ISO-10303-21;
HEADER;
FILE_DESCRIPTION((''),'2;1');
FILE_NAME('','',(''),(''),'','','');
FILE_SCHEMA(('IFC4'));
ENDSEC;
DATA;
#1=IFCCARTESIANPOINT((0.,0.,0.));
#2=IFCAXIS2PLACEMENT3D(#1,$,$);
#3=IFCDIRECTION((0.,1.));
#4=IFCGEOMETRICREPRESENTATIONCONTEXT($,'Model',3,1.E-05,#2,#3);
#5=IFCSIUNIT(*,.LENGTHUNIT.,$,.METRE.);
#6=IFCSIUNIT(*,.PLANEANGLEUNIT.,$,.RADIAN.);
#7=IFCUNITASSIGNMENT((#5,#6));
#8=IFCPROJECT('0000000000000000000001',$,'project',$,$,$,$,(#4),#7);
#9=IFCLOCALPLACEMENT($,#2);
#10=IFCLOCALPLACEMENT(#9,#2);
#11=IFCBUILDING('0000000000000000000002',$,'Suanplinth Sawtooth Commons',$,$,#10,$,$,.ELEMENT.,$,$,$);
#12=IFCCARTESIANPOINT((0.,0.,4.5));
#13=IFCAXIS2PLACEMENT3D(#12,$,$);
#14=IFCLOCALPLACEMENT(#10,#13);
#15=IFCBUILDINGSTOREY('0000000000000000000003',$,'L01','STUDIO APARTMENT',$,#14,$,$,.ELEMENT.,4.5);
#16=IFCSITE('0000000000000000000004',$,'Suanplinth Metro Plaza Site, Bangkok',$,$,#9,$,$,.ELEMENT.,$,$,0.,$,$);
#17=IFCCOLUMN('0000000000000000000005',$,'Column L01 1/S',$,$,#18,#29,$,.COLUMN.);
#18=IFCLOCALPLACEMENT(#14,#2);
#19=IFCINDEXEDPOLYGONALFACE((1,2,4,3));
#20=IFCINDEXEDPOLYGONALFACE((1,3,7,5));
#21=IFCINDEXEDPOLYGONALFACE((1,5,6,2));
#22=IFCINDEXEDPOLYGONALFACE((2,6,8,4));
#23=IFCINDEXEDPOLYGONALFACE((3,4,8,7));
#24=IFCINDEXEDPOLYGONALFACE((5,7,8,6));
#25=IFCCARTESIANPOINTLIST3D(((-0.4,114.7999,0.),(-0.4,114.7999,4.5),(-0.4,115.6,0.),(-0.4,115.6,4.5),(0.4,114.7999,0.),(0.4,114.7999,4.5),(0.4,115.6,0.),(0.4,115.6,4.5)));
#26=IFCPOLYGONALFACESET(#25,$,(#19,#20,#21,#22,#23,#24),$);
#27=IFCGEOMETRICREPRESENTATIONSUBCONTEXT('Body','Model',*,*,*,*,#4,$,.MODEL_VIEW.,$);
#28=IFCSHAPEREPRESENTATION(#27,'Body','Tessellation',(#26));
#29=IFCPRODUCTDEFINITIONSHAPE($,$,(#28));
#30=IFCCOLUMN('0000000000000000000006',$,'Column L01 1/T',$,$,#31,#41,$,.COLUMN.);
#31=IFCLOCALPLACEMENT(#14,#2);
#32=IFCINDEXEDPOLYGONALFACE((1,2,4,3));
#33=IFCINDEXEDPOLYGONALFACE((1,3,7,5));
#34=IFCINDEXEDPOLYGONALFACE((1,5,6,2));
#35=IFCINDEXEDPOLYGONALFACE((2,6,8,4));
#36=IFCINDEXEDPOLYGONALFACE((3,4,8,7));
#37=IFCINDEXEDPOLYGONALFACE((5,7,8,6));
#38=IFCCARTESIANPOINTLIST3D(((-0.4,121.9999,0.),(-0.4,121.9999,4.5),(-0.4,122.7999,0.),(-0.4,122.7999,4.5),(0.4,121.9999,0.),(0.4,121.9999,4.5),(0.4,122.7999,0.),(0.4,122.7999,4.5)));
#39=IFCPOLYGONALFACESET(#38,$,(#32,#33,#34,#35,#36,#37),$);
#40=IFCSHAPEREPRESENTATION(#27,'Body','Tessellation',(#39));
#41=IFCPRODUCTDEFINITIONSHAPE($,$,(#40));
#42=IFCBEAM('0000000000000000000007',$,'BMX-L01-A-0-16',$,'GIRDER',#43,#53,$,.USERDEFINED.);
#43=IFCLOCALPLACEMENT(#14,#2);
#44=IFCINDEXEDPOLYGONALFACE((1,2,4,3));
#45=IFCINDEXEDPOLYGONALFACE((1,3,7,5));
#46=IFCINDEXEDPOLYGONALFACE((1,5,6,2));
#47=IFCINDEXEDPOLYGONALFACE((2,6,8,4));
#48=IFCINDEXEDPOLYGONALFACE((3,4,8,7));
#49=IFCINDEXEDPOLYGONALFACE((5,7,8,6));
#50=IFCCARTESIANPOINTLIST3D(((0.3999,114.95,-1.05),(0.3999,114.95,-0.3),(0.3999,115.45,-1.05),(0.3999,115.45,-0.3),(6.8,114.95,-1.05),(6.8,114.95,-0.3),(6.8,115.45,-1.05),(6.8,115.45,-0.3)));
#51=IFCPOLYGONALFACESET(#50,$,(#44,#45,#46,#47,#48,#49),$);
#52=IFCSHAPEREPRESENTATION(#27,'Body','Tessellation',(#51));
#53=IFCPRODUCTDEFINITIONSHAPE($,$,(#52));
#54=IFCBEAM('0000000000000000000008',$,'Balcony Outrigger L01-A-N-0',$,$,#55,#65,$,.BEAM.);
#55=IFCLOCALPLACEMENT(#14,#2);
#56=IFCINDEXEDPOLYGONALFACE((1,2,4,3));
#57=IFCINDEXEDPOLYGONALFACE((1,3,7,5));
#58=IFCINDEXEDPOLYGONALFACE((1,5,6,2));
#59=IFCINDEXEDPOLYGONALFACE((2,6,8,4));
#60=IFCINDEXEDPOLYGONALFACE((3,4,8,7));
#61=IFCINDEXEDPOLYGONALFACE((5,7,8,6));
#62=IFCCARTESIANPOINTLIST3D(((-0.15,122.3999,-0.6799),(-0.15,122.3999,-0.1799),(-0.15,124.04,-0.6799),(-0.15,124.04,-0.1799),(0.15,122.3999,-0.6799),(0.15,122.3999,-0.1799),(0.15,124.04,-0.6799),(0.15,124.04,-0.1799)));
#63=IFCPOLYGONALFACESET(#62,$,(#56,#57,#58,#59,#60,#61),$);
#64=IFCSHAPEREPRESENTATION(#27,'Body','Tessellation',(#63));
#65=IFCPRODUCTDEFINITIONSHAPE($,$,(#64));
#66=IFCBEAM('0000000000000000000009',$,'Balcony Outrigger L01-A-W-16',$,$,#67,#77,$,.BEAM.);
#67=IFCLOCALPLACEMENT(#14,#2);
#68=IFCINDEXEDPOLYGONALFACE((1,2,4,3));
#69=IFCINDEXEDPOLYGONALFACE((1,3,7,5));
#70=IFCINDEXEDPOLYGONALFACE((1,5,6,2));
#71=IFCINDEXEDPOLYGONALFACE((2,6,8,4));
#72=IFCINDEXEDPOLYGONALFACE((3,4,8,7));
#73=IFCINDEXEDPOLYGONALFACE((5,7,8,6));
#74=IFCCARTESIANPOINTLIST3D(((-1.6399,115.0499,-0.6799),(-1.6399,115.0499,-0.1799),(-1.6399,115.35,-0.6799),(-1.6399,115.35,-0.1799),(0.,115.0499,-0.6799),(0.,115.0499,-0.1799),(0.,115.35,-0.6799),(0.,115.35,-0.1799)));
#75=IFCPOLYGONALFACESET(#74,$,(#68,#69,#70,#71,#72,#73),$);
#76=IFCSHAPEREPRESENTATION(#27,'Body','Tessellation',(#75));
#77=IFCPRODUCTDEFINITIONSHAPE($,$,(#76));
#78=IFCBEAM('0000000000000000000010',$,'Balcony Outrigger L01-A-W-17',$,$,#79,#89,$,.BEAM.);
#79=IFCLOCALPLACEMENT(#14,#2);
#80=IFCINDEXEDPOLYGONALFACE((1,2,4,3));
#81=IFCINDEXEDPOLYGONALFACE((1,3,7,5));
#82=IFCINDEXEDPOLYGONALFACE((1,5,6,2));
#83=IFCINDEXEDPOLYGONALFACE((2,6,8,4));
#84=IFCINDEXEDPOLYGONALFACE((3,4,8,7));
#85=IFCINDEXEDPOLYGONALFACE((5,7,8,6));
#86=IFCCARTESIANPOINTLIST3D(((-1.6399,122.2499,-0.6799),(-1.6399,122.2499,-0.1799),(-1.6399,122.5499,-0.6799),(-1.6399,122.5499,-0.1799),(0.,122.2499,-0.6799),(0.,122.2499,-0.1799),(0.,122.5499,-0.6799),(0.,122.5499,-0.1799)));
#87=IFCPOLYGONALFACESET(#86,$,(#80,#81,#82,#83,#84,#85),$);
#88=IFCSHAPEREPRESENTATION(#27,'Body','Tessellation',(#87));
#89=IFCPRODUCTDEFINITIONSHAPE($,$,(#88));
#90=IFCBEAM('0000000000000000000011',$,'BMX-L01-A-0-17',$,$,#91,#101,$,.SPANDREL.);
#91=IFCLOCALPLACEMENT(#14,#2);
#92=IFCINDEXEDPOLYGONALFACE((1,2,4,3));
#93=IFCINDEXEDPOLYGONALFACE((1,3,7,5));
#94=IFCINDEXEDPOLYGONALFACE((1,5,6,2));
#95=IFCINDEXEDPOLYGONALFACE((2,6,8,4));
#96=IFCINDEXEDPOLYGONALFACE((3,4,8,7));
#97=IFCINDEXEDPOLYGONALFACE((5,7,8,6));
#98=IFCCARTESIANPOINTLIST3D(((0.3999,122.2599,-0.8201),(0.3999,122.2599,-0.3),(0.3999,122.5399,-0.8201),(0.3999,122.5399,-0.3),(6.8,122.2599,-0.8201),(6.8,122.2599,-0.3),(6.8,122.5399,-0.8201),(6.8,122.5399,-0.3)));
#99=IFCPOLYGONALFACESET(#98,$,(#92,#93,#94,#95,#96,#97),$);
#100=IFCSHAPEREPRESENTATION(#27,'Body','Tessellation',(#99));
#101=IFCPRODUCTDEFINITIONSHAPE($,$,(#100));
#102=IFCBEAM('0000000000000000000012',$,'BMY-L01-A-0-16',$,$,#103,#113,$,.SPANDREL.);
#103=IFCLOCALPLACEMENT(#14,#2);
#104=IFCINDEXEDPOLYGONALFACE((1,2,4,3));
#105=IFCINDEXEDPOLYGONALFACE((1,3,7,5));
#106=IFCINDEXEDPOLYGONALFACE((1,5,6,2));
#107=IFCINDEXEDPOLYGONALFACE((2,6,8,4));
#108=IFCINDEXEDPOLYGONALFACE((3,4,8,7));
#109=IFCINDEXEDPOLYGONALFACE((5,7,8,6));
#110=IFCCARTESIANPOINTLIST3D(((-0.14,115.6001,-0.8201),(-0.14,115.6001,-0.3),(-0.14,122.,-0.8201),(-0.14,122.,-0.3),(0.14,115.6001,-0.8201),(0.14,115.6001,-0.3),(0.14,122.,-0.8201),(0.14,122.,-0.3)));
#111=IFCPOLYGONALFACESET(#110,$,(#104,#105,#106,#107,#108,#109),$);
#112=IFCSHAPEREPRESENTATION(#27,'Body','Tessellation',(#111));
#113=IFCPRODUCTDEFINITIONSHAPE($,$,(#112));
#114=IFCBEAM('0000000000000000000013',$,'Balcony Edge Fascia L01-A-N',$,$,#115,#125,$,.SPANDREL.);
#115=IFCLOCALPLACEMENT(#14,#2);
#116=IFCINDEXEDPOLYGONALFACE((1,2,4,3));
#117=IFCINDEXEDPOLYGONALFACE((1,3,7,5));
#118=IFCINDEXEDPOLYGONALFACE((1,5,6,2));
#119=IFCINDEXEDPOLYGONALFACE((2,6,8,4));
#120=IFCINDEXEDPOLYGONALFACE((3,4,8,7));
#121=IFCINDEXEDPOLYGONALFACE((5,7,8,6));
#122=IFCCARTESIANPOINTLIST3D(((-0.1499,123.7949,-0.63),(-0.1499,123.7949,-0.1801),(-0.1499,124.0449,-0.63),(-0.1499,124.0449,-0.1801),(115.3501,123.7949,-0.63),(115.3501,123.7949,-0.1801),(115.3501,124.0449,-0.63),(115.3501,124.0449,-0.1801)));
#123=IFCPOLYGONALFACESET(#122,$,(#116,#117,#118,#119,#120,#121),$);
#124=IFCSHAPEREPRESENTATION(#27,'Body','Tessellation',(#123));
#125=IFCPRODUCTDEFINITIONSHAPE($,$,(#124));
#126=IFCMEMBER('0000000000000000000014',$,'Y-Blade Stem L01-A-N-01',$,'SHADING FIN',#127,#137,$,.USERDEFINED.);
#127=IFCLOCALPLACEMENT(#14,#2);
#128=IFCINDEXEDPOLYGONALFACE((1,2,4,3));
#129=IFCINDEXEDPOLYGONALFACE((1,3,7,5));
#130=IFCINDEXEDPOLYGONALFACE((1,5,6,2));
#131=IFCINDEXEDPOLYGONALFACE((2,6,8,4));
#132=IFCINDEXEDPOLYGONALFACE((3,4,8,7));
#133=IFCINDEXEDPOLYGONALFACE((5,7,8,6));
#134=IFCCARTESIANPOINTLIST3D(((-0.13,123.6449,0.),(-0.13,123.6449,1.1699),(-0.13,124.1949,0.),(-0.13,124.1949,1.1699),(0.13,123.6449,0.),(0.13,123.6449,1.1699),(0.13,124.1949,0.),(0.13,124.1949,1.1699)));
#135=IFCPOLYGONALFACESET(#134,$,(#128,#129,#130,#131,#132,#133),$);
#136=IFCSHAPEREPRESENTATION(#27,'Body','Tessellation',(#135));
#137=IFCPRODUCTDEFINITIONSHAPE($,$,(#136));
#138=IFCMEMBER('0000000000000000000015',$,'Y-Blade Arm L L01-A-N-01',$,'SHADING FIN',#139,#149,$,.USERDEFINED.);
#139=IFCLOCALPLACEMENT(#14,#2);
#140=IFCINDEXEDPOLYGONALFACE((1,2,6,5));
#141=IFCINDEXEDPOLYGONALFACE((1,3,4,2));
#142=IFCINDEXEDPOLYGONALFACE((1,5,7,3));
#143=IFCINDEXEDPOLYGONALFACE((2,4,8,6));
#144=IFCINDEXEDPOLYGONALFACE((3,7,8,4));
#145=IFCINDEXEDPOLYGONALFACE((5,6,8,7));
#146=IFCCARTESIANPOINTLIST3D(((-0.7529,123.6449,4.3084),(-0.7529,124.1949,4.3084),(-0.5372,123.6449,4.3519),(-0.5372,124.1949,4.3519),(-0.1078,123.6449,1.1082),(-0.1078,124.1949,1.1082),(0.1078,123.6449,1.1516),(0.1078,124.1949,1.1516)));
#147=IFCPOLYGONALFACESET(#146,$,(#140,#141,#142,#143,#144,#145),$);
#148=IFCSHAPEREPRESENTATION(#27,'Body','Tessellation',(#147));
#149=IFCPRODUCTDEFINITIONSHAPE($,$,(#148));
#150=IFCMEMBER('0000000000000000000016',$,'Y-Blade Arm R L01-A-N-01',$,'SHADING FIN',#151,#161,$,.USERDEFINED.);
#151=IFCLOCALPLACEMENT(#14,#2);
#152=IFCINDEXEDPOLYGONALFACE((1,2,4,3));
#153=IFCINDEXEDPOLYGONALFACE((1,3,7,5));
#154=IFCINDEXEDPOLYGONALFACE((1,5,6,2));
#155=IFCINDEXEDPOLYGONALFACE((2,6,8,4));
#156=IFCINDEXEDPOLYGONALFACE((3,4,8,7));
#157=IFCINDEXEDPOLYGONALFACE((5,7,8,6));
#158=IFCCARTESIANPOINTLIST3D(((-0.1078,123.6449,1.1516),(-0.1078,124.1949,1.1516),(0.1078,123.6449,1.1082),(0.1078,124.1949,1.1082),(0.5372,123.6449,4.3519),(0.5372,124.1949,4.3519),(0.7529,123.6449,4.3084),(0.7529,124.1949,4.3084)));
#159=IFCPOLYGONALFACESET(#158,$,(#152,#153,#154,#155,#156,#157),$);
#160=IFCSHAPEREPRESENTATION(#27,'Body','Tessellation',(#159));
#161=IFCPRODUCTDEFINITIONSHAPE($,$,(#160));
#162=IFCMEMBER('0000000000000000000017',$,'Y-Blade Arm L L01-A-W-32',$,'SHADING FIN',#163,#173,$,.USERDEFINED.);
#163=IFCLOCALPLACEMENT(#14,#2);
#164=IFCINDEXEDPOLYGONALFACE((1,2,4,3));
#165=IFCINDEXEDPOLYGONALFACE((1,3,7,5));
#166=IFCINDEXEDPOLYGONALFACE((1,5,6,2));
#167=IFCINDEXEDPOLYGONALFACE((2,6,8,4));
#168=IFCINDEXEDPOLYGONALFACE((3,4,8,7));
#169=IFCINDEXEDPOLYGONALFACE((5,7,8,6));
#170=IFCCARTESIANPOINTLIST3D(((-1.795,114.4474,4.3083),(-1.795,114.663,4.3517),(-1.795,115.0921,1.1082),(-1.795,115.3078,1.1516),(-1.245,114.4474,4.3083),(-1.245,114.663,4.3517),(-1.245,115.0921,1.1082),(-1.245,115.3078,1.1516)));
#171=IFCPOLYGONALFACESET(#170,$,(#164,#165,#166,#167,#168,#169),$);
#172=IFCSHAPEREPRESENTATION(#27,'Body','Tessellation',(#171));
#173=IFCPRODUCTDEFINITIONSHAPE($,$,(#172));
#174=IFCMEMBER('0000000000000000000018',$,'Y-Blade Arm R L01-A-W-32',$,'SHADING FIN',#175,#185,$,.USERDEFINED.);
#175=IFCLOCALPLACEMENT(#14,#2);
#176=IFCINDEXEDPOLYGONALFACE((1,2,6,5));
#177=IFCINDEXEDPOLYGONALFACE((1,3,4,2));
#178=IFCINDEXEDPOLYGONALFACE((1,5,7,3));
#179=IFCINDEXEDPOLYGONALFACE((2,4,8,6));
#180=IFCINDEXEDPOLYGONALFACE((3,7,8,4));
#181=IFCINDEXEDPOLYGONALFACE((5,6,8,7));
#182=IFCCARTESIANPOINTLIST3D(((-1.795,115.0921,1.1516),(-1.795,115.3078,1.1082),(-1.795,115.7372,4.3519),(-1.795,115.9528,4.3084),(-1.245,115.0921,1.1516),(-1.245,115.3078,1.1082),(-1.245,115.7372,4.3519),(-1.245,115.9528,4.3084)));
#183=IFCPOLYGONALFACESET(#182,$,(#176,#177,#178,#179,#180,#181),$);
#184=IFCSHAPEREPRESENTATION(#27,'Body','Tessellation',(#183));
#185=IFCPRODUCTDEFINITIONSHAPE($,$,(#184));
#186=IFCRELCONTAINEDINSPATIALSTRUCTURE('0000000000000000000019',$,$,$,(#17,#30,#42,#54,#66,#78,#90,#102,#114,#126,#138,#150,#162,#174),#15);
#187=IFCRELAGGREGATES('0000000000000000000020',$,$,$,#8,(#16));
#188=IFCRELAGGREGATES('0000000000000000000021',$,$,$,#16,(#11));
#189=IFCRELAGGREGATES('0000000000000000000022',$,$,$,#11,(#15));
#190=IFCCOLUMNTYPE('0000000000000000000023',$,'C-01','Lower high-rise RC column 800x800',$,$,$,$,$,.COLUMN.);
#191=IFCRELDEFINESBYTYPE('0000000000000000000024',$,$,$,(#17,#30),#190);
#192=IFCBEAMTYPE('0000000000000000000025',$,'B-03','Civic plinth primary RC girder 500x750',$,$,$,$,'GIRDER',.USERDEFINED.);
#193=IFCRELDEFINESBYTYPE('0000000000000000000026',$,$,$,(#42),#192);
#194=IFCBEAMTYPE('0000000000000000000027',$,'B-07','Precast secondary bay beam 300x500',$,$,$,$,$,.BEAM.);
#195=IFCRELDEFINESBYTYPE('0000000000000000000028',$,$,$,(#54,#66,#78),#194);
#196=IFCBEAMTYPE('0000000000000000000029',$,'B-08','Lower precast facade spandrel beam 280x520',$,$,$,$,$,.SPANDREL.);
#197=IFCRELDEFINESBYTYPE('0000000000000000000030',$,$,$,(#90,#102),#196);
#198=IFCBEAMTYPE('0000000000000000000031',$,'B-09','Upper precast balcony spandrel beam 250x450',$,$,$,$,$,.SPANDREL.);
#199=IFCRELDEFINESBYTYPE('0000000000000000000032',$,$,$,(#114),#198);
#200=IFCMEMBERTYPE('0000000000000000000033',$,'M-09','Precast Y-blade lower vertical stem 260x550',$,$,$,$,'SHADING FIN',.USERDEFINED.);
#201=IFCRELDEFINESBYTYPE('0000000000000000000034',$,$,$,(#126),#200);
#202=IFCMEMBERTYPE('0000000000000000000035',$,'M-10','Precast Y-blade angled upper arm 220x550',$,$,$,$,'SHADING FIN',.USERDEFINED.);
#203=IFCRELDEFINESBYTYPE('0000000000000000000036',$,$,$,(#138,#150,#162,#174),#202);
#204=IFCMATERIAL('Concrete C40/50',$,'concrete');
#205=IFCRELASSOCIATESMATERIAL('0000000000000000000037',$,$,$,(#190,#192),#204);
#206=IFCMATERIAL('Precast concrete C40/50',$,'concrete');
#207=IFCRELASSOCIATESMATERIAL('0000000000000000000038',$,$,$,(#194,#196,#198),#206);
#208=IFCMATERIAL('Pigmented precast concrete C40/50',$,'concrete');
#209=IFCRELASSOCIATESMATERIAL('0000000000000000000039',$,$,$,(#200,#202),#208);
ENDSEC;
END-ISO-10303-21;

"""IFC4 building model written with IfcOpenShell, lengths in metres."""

from ifc_helpers import new_model, si_unit, direction, frame, origin, origin_2d, place, context, subcontext, project, spatial, rectangle, extrude, material, material_profile, profile_set, type_object, element, save


model = new_model("IFC4")

# Units and contexts
model_context = context("Model", 3, precision=1e-05, world=origin(), true_north=direction((0.0, 1.0)))
body_context = subcontext(model_context, "Body", "Model", "MODEL_VIEW")
ifc_project = project(units=[si_unit("LENGTHUNIT", "METRE"), si_unit("PLANEANGLEUNIT", "RADIAN")], contexts=[model_context])

# Site, building, storey
site_placement = place(None, origin())
site = spatial("IfcSite", under=ifc_project, at=site_placement, Name="Suanplinth Metro Plaza Site, Bangkok", CompositionType="ELEMENT", RefElevation=0.0)
building_placement = place(site_placement, origin())
building = spatial("IfcBuilding", under=site, at=building_placement, Name="Suanplinth Sawtooth Commons", CompositionType="ELEMENT")
storey_placement = place(building_placement, frame((0.0, 0.0, 4.5)))
storey = spatial("IfcBuildingStorey", under=building, at=storey_placement, Name="L01", Description="STUDIO APARTMENT", CompositionType="ELEMENT", Elevation=4.5)

# Columns
ifc_material_1 = material(Name="Concrete C40/50", Category="concrete")
ifc_material_profile_1 = material_profile(ifc_material_1, rectangle(XDim=0.8, YDim=0.8, at=origin_2d()), Name="RC-COL 800x800")
ifc_profile_set_1 = profile_set([ifc_material_profile_1], Name="Concrete C40/50")
column_type = type_object("IfcColumnType", Name="C-01", Description="Lower high-rise RC column 800x800", PredefinedType="COLUMN", material=ifc_profile_set_1)
for number, where, z_axis, x_axis, name in (
    (1, (0.0, 115.2, 0.0), (0.0, 0.0, 1.0), (1.0, 0.0, 0.0), "Column L01 1/S"),
    (2, (0.0, 122.3999, 0.0), (0.0, 0.0, 1.0), (1.0, 0.0, 0.0), "Column L01 1/T"),
):
    element("IfcColumn", number, at=place(storey_placement, frame(where, z_axis=z_axis, x_axis=x_axis)), inside=storey, type_object=column_type, Name=name, PredefinedType="COLUMN", context=body_context, shape_type="SweptSolid", body=[
        extrude(rectangle(XDim=0.8, YDim=0.8, at=origin_2d()), origin(), (0.0, 0.0, 1.0), 4.5),
    ])

# Beams
ifc_material_profile_2 = material_profile(ifc_material_1, rectangle(XDim=0.5, YDim=0.75, at=origin_2d()), Name="RC-GDR 500x750")
ifc_profile_set_2 = profile_set([ifc_material_profile_2], Name="Concrete C40/50")
beam_type_1 = type_object("IfcBeamType", Name="B-03", Description="Civic plinth primary RC girder 500x750", ElementType="GIRDER", PredefinedType="USERDEFINED", material=ifc_profile_set_2)
beam_1_placement = place(storey_placement, frame((0.3999, 115.2, -0.675), z_axis=(1.0, 0.0, 0.0), x_axis=(0.0, 1.0, 0.0)))
element("IfcBeam", 3, at=beam_1_placement, inside=storey, type_object=beam_type_1, Name="BMX-L01-A-0-16", ObjectType="GIRDER", PredefinedType="USERDEFINED", context=body_context, shape_type="SweptSolid", body=[
    extrude(rectangle(XDim=0.5, YDim=0.75, at=origin_2d()), origin(), (0.0, 0.0, 1.0), 6.4001),
])
ifc_material_2 = material(Name="Precast concrete C40/50", Category="concrete")
ifc_material_profile_3 = material_profile(ifc_material_2, rectangle(XDim=0.3, YDim=0.5, at=origin_2d()), Name="PC-BM 300x500")
ifc_profile_set_3 = profile_set([ifc_material_profile_3], Name="Precast concrete C40/50")
beam_type_2 = type_object("IfcBeamType", Name="B-07", Description="Precast secondary bay beam 300x500", PredefinedType="BEAM", material=ifc_profile_set_3)
beam_2_placement = place(storey_placement, frame((0.0, 122.3999, -0.4299), z_axis=(0.0, 1.0, 0.0), x_axis=(-1.0, 0.0, 0.0)))
element("IfcBeam", 4, at=beam_2_placement, inside=storey, type_object=beam_type_2, Name="Balcony Outrigger L01-A-N-0", PredefinedType="BEAM", context=body_context, shape_type="SweptSolid", body=[
    extrude(rectangle(XDim=0.3, YDim=0.5, at=origin_2d()), origin(), (0.0, 0.0, 1.0), 1.6401),
])
for number, where, z_axis, x_axis, name in (
    (5, (0.0, 115.2, -0.4299), (-1.0, 0.0, 0.0), (0.0, -1.0, 0.0), "Balcony Outrigger L01-A-W-16"),
    (6, (0.0, 122.3999, -0.4299), (-1.0, 0.0, 0.0), (0.0, -1.0, 0.0), "Balcony Outrigger L01-A-W-17"),
):
    element("IfcBeam", number, at=place(storey_placement, frame(where, z_axis=z_axis, x_axis=x_axis)), inside=storey, type_object=beam_type_2, Name=name, PredefinedType="BEAM", context=body_context, shape_type="SweptSolid", body=[
        extrude(rectangle(XDim=0.3, YDim=0.5, at=origin_2d()), origin(), (0.0, 0.0, 1.0), 1.6399),
    ])
ifc_material_profile_4 = material_profile(ifc_material_2, rectangle(XDim=0.28, YDim=0.52, at=origin_2d()), Name="PC-SP 280x520")
ifc_profile_set_4 = profile_set([ifc_material_profile_4], Name="Precast concrete C40/50")
beam_type_3 = type_object("IfcBeamType", Name="B-08", Description="Lower precast facade spandrel beam 280x520", PredefinedType="SPANDREL", material=ifc_profile_set_4)
beam_3_placement = place(storey_placement, frame((0.3999, 122.3999, -0.5601), z_axis=(1.0, 0.0, 0.0), x_axis=(0.0, 1.0, 0.0)))
element("IfcBeam", 7, at=beam_3_placement, inside=storey, type_object=beam_type_3, Name="BMX-L01-A-0-17", PredefinedType="SPANDREL", context=body_context, shape_type="SweptSolid", body=[
    extrude(rectangle(XDim=0.28, YDim=0.52, at=origin_2d()), origin(), (0.0, 0.0, 1.0), 6.4001),
])
beam_4_placement = place(storey_placement, frame((0.0, 115.6001, -0.5601), z_axis=(0.0, 1.0, 0.0), x_axis=(-1.0, 0.0, 0.0)))
element("IfcBeam", 8, at=beam_4_placement, inside=storey, type_object=beam_type_3, Name="BMY-L01-A-0-16", PredefinedType="SPANDREL", context=body_context, shape_type="SweptSolid", body=[
    extrude(rectangle(XDim=0.28, YDim=0.52, at=origin_2d()), origin(), (0.0, 0.0, 1.0), 6.3999),
])
ifc_material_profile_5 = material_profile(ifc_material_2, rectangle(XDim=0.25, YDim=0.45, at=origin_2d()), Name="PC-SP 250x450")
ifc_profile_set_5 = profile_set([ifc_material_profile_5], Name="Precast concrete C40/50")
beam_type_4 = type_object("IfcBeamType", Name="B-09", Description="Upper precast balcony spandrel beam 250x450", PredefinedType="SPANDREL", material=ifc_profile_set_5)
beam_5_placement = place(storey_placement, frame((-0.1499, 123.9199, -0.405), z_axis=(1.0, 0.0, 0.0), x_axis=(0.0, 1.0, 0.0)))
element("IfcBeam", 9, at=beam_5_placement, inside=storey, type_object=beam_type_4, Name="Balcony Edge Fascia L01-A-N", PredefinedType="SPANDREL", context=body_context, shape_type="SweptSolid", body=[
    extrude(rectangle(XDim=0.25, YDim=0.45, at=origin_2d()), origin(), (0.0, 0.0, 1.0), 115.5),
])

# Members
ifc_material_3 = material(Name="Pigmented precast concrete C40/50", Category="concrete")
ifc_material_profile_6 = material_profile(ifc_material_3, rectangle(XDim=0.26, YDim=0.55, at=origin_2d()), Name="PC-FIN 260x550")
ifc_profile_set_6 = profile_set([ifc_material_profile_6], Name="Pigmented precast concrete C40/50")
member_type_1 = type_object("IfcMemberType", Name="M-09", Description="Precast Y-blade lower vertical stem 260x550", ElementType="SHADING FIN", PredefinedType="USERDEFINED", material=ifc_profile_set_6)
member_1_placement = place(storey_placement, frame((0.0, 123.9199, 0.0), z_axis=(0.0, 0.0, 1.0), x_axis=(1.0, 0.0, 0.0)))
element("IfcMember", 10, at=member_1_placement, inside=storey, type_object=member_type_1, Name="Y-Blade Stem L01-A-N-01", ObjectType="SHADING FIN", PredefinedType="USERDEFINED", context=body_context, shape_type="SweptSolid", body=[
    extrude(rectangle(XDim=0.26, YDim=0.55, at=origin_2d()), origin(), (0.0, 0.0, 1.0), 1.1699),
])
ifc_material_profile_7 = material_profile(ifc_material_3, rectangle(XDim=0.22, YDim=0.55, at=origin_2d()), Name="PC-FIN 220x550")
ifc_profile_set_7 = profile_set([ifc_material_profile_7], Name="Pigmented precast concrete C40/50")
member_type_2 = type_object("IfcMemberType", Name="M-10", Description="Precast Y-blade angled upper arm 220x550", ElementType="SHADING FIN", PredefinedType="USERDEFINED", material=ifc_profile_set_7)
for number, where, z_axis, x_axis, name in (
    (11, (0.0, 123.9199, 1.1299), (-0.197583, 0.0, 0.980286), (0.980286, 0.0, 0.197583), "Y-Blade Arm L L01-A-N-01"),
    (12, (0.0, 123.9199, 1.1299), (0.197583, 0.0, 0.980286), (-0.980286, 0.0, 0.197583), "Y-Blade Arm R L01-A-N-01"),
):
    element("IfcMember", number, at=place(storey_placement, frame(where, z_axis=z_axis, x_axis=x_axis)), inside=storey, type_object=member_type_2, Name=name, ObjectType="SHADING FIN", PredefinedType="USERDEFINED", context=body_context, shape_type="SweptSolid", body=[
        extrude(rectangle(XDim=0.22, YDim=0.55, at=origin_2d()), origin(), (0.0, 0.0, 1.0), 3.2646),
    ])
member_2_placement = place(storey_placement, frame((-1.52, 115.2, 1.1299), z_axis=(0.0, -0.197511, 0.980301), x_axis=(0.0, 0.980301, 0.197511)))
element("IfcMember", 13, at=member_2_placement, inside=storey, type_object=member_type_2, Name="Y-Blade Arm L L01-A-W-32", ObjectType="SHADING FIN", PredefinedType="USERDEFINED", context=body_context, shape_type="SweptSolid", body=[
    extrude(rectangle(XDim=0.22, YDim=0.55, at=origin_2d()), origin(), (0.0, 0.0, 1.0), 3.2644),
])
member_3_placement = place(storey_placement, frame((-1.52, 115.2, 1.1299), z_axis=(0.0, 0.197583, 0.980286), x_axis=(0.0, -0.980286, 0.197583)))
element("IfcMember", 14, at=member_3_placement, inside=storey, type_object=member_type_2, Name="Y-Blade Arm R L01-A-W-32", ObjectType="SHADING FIN", PredefinedType="USERDEFINED", context=body_context, shape_type="SweptSolid", body=[
    extrude(rectangle(XDim=0.22, YDim=0.55, at=origin_2d()), origin(), (0.0, 0.0, 1.0), 3.2646),
])

save(model, "model.ifc")
